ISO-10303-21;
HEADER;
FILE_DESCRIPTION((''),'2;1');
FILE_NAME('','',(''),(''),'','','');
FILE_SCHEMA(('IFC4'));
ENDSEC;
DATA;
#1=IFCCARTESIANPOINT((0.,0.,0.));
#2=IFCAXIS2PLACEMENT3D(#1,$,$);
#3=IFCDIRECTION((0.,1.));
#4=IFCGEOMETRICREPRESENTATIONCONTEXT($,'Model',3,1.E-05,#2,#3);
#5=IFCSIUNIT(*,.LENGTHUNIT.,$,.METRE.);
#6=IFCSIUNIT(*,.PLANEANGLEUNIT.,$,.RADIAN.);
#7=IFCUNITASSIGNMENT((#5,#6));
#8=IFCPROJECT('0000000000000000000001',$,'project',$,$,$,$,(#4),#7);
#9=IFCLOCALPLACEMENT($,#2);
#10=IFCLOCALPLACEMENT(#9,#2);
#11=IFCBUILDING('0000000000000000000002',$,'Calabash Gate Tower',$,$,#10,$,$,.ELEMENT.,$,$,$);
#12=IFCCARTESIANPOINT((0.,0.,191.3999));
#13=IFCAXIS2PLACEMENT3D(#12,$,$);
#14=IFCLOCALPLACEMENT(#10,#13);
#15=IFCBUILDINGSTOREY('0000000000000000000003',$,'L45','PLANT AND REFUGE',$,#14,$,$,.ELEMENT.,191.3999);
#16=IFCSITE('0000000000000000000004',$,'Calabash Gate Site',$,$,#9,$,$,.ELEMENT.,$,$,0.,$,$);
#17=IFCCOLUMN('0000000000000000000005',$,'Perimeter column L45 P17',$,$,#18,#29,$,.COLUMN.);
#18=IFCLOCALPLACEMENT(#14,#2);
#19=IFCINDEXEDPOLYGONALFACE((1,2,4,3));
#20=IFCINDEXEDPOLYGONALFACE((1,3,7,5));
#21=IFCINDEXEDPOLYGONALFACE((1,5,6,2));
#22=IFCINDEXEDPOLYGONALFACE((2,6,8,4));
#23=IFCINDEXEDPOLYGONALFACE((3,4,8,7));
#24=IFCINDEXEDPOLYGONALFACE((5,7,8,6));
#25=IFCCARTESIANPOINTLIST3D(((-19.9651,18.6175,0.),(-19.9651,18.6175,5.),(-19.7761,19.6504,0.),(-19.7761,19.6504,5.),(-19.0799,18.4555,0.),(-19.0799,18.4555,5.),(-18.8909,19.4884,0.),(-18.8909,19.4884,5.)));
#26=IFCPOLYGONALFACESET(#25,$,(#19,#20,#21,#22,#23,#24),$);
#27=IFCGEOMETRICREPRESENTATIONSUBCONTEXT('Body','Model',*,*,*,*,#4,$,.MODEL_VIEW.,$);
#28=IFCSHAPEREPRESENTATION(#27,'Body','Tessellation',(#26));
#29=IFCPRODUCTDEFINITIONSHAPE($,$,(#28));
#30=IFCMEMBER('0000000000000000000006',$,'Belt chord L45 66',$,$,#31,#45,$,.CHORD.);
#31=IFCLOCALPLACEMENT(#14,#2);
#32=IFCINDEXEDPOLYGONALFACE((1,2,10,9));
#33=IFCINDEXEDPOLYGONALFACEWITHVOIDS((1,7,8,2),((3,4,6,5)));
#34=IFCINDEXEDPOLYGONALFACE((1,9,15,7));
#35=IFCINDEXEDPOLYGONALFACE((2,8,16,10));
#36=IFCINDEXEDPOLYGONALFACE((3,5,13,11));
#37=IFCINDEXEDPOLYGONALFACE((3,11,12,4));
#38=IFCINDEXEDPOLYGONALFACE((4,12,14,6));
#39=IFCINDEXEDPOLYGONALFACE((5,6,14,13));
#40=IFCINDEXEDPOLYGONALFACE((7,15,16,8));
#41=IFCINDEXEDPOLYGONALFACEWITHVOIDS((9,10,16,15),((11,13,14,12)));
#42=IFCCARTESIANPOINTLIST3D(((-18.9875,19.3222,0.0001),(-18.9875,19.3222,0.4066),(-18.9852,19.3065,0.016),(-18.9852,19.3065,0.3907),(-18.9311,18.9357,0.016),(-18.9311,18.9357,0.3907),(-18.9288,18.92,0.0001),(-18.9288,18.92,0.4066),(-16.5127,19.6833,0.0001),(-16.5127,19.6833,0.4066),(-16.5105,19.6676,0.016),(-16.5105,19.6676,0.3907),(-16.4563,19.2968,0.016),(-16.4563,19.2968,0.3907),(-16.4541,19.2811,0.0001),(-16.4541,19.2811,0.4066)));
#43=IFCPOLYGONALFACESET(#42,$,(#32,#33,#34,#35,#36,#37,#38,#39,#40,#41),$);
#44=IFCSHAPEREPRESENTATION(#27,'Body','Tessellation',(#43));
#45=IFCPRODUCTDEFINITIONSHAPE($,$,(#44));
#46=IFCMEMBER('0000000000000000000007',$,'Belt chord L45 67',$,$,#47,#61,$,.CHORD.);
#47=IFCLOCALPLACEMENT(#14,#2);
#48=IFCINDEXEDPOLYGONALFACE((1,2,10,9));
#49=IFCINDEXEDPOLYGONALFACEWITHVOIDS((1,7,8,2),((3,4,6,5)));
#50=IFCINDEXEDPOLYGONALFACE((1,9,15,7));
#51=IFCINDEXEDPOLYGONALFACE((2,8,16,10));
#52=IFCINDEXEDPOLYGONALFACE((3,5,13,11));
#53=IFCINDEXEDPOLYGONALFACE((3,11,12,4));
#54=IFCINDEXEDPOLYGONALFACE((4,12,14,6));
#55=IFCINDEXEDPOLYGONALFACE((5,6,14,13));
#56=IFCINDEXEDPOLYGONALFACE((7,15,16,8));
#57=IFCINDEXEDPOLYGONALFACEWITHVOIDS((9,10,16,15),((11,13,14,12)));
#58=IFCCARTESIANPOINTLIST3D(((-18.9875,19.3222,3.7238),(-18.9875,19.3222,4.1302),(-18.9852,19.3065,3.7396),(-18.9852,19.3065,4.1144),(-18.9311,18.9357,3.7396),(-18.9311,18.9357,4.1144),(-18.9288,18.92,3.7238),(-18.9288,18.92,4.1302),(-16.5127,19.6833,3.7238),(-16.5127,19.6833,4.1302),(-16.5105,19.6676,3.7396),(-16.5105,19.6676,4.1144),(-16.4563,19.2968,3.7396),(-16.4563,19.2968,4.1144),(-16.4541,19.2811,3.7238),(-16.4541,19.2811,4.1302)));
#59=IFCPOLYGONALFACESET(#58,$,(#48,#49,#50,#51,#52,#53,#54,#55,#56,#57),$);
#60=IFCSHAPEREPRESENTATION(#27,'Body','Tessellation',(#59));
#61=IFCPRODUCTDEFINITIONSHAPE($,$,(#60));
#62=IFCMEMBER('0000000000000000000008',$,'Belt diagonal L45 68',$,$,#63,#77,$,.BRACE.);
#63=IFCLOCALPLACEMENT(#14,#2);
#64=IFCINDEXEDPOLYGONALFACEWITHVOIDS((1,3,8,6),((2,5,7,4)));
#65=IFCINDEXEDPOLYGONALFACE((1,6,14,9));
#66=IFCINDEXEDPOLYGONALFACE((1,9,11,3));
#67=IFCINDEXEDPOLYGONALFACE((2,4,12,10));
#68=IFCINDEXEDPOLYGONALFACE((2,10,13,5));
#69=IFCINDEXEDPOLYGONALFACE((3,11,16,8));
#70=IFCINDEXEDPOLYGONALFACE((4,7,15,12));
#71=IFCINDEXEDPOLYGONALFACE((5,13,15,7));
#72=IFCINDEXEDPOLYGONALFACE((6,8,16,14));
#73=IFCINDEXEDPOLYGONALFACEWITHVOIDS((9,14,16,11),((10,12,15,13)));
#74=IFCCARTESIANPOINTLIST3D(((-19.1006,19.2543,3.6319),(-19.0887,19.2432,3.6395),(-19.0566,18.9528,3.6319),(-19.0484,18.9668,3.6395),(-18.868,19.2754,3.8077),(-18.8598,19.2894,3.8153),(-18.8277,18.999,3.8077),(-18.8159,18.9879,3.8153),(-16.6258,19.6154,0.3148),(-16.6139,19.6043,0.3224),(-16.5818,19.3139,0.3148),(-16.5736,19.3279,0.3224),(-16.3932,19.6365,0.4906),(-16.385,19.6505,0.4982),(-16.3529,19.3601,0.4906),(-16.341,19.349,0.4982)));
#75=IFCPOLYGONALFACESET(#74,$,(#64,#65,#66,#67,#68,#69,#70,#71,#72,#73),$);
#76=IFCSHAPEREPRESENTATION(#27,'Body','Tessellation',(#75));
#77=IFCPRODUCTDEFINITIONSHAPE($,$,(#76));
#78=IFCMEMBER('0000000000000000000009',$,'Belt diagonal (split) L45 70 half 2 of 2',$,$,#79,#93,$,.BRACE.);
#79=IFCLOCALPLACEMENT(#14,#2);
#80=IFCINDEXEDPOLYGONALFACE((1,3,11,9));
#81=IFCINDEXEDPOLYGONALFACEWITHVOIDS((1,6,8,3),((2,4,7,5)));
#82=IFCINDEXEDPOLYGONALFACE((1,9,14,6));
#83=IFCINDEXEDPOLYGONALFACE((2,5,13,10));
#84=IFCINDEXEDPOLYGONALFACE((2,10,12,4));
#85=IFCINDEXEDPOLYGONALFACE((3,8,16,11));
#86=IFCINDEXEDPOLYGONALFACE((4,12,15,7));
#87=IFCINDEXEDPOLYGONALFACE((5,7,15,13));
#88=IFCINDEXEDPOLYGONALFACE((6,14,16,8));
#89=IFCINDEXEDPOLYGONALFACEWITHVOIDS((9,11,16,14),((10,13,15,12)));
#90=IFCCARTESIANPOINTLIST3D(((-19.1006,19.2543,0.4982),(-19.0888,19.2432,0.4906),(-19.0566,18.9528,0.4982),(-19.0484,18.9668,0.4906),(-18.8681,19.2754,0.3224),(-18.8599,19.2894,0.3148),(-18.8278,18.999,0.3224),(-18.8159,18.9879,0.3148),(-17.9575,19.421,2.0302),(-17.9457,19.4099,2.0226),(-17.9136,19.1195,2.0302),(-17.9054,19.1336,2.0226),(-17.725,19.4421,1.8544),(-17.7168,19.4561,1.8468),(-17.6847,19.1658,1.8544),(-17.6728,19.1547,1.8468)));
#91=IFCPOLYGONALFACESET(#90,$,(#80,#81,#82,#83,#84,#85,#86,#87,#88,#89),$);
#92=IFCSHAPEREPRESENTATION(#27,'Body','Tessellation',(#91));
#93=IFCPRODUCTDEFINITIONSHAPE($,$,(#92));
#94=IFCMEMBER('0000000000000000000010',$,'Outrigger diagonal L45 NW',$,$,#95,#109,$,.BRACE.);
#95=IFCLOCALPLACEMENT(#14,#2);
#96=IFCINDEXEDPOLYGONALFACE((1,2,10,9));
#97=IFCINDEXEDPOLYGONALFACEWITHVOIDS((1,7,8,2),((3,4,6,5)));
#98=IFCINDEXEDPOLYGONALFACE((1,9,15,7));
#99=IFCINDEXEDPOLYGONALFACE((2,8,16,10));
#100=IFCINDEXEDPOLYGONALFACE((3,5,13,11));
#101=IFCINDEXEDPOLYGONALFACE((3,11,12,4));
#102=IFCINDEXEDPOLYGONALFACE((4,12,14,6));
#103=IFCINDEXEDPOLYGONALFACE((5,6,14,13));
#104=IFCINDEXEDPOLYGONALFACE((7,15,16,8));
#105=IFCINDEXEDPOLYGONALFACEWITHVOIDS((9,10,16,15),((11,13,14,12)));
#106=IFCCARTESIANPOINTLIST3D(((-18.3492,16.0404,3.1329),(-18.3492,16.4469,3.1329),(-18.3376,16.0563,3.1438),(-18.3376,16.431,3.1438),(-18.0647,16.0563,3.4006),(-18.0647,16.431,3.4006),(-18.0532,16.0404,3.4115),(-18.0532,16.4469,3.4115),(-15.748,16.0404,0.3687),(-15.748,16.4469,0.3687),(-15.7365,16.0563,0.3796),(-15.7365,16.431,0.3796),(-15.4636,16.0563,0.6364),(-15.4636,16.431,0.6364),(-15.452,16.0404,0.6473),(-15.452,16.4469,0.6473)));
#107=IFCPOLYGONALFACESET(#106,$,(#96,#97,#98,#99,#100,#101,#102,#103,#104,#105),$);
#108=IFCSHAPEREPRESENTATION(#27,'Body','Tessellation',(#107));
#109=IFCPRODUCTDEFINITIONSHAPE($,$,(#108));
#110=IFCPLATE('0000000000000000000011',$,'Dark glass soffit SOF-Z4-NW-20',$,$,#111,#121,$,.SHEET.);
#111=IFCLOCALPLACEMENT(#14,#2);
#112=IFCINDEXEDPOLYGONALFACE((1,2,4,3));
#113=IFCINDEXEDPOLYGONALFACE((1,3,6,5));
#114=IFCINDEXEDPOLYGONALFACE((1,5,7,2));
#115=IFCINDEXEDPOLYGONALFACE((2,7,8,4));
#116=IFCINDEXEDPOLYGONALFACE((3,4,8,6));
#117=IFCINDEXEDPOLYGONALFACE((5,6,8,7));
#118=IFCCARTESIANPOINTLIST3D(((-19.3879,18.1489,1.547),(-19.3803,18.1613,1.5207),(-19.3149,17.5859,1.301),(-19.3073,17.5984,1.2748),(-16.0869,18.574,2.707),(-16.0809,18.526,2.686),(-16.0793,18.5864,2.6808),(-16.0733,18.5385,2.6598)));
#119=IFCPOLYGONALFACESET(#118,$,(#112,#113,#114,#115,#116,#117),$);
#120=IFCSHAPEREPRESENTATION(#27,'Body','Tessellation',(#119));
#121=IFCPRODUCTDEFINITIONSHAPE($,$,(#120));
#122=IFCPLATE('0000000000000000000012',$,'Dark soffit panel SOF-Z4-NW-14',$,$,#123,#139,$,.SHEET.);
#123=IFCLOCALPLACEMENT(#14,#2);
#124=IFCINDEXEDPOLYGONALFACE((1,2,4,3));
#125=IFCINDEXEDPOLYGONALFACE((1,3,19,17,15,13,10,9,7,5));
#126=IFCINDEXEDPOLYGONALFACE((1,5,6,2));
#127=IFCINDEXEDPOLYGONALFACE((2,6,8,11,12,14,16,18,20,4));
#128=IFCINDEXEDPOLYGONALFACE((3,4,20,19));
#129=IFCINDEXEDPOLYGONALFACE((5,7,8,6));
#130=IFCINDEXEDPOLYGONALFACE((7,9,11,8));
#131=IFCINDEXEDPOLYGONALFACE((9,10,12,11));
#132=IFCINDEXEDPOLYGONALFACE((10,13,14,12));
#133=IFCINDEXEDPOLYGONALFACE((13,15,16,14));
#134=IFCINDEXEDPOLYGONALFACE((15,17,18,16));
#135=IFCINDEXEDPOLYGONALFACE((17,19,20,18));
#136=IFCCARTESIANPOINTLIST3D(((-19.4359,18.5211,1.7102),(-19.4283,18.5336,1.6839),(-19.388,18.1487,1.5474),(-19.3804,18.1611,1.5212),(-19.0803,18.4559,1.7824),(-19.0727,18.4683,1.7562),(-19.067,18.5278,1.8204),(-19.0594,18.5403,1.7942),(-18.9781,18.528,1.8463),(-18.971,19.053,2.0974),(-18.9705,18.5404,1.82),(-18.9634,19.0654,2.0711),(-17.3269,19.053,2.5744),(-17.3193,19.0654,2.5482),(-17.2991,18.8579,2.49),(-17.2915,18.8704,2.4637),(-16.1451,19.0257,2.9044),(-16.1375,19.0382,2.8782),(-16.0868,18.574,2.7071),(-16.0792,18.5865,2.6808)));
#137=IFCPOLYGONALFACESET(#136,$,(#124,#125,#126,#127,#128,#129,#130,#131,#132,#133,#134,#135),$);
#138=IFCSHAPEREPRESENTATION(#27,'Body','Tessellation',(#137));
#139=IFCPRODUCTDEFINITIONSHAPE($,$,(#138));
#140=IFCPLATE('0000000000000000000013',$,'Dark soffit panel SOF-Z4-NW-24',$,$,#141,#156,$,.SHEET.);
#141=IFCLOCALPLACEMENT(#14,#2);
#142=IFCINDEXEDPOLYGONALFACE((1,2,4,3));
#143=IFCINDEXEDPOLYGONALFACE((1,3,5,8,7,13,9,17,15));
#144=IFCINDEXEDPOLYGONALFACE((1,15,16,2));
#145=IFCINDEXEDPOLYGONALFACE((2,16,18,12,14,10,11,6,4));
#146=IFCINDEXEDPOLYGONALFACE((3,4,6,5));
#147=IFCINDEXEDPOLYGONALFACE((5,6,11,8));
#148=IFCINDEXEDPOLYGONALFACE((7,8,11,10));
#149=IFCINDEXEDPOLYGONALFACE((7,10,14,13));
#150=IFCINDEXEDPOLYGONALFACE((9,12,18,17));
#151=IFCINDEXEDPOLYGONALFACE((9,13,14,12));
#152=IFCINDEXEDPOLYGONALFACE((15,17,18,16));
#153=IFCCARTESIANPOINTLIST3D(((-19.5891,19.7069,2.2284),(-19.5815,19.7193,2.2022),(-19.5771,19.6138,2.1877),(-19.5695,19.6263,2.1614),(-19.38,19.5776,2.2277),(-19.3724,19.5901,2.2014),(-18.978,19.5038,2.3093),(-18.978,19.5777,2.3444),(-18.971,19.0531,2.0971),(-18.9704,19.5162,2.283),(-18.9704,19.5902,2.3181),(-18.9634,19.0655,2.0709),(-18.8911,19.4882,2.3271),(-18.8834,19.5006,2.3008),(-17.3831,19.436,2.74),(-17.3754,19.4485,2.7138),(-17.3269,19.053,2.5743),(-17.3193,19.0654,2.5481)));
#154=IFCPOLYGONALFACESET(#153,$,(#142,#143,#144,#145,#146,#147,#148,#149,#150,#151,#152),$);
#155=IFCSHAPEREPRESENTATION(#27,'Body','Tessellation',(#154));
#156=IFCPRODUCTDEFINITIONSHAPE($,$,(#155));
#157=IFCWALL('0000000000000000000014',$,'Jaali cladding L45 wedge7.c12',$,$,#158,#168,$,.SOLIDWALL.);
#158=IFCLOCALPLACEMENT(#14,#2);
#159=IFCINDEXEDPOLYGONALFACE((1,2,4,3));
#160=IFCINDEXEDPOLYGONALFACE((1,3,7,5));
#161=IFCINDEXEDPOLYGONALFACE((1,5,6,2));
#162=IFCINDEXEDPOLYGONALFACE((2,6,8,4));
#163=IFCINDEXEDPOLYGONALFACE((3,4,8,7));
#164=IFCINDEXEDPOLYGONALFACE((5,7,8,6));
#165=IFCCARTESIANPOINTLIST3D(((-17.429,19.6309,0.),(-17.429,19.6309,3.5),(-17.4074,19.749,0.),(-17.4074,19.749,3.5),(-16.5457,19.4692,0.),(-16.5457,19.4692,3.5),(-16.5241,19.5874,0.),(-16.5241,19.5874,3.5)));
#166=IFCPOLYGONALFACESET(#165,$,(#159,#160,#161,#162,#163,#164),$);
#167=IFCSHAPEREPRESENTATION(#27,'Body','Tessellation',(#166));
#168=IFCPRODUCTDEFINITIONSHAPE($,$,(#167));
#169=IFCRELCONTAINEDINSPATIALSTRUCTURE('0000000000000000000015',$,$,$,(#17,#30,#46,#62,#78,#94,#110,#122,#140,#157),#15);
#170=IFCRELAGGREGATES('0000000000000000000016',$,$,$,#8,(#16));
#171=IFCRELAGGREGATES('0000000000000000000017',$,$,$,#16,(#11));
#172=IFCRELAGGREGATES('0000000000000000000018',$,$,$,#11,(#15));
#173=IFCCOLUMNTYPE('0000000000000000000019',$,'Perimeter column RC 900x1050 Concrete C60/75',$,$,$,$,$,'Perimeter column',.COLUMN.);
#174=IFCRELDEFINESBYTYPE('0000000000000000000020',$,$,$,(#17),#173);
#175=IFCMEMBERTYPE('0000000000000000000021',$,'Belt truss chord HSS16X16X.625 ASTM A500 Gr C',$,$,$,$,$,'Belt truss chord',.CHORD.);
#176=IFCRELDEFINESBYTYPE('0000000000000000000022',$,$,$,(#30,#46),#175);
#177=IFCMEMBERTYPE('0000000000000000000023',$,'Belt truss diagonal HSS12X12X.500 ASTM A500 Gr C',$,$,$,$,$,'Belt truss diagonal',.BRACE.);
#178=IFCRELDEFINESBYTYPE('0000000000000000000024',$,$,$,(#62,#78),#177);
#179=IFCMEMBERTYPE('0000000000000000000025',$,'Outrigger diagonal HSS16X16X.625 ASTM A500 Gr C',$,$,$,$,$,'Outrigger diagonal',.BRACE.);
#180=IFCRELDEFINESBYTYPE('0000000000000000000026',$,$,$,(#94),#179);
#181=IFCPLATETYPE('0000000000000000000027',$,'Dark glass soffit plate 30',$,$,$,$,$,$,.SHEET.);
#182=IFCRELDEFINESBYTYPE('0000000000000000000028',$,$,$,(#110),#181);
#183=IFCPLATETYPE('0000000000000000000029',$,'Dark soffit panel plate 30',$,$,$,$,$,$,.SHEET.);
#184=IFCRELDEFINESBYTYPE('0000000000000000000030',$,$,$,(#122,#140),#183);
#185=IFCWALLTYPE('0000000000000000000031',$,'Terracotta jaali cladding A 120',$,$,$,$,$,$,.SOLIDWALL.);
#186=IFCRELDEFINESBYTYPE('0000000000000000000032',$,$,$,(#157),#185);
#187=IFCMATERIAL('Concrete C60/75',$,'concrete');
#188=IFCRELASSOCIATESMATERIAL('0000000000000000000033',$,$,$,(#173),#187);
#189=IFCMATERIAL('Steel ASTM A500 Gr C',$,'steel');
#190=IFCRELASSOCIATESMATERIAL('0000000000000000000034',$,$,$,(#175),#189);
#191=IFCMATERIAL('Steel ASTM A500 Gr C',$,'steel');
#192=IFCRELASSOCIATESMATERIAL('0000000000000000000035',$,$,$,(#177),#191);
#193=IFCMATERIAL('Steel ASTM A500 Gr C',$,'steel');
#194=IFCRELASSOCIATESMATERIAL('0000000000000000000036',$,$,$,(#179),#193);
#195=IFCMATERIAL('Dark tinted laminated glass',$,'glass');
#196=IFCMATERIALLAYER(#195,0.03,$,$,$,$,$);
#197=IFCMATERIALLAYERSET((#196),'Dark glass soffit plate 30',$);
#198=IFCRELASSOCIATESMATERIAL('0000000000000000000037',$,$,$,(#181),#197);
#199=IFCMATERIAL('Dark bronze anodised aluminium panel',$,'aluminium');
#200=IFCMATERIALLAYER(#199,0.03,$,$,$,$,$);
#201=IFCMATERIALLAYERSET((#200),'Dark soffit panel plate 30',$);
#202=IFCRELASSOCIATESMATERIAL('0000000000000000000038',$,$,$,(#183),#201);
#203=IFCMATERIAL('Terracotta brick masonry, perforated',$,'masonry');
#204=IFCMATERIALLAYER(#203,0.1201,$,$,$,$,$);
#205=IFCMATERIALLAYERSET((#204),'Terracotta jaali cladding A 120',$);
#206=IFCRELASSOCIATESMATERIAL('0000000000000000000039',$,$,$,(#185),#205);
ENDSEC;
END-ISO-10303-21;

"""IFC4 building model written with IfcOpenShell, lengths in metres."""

from ifc_helpers import new_model, si_unit, direction, frame, frame_2d, origin, origin_2d, place, context, subcontext, project, spatial, polyline, rectangle, hollow_rectangle, outline, extrude, material, layer, layer_set, material_profile, profile_set, type_object, element, save


model = new_model("IFC4")

# Units and contexts
model_context = context("Model", 3, precision=1e-05, world=origin(), true_north=direction((0.0, 1.0)))
body_context = subcontext(model_context, "Body", "Model", "MODEL_VIEW")
ifc_project = project(units=[si_unit("LENGTHUNIT", "METRE"), si_unit("PLANEANGLEUNIT", "RADIAN")], contexts=[model_context])

# Site, building, storey
site_placement = place(None, origin())
site = spatial("IfcSite", under=ifc_project, at=site_placement, Name="Calabash Gate Site", CompositionType="ELEMENT", RefElevation=0.0)
building_placement = place(site_placement, origin())
building = spatial("IfcBuilding", under=site, at=building_placement, Name="Calabash Gate Tower", CompositionType="ELEMENT")
storey_placement = place(building_placement, frame((0.0, 0.0, 191.3999)))
storey = spatial("IfcBuildingStorey", under=building, at=storey_placement, Name="L45", Description="PLANT AND REFUGE", CompositionType="ELEMENT", Elevation=191.3999)

# Column
ifc_material_1 = material(Name="Concrete C60/75", Category="concrete")
ifc_material_profile_1 = material_profile(ifc_material_1, rectangle(XDim=0.8999, YDim=1.05, at=origin_2d()))
ifc_profile_set_1 = profile_set([ifc_material_profile_1], Name="Concrete C60/75")
column_type = type_object("IfcColumnType", Name="Perimeter column RC 900x1050 Concrete C60/75", ElementType="Perimeter column", PredefinedType="COLUMN", material=ifc_profile_set_1)
column_placement = place(storey_placement, frame((-19.428, 19.053, 0.0), z_axis=(0.0, 0.0, 1.0), x_axis=(-0.98367, 0.179982, 0.0)))
element("IfcColumn", 1, at=column_placement, inside=storey, type_object=column_type, Name="Perimeter column L45 P17", PredefinedType="COLUMN", context=body_context, shape_type="SweptSolid", body=[
    extrude(rectangle(XDim=0.8999, YDim=1.05, at=origin_2d()), origin(), (0.0, 0.0, 1.0), 5.0),
])

# Members
ifc_material_2 = material(Name="Steel ASTM A500 Gr C", Category="steel")
ifc_material_profile_2 = material_profile(ifc_material_2, hollow_rectangle(XDim=0.4065, YDim=0.4065, WallThickness=0.0159, at=origin_2d()))
ifc_profile_set_2 = profile_set([ifc_material_profile_2], Name="Steel ASTM A500 Gr C")
member_type_1 = type_object("IfcMemberType", Name="Belt truss chord HSS16X16X.625 ASTM A500 Gr C", ElementType="Belt truss chord", PredefinedType="CHORD", material=ifc_profile_set_2)
for number, where, z_axis, x_axis, name in (
    (2, (-16.4834, 19.4822, 0.2034), (-0.989523, -0.144373, 0.0), (0.144373, -0.989523, 0.0), "Belt chord L45 66"),
    (3, (-16.4834, 19.4822, 3.927), (-0.989523, -0.144373, 0.0), (0.144373, -0.989523, 0.0), "Belt chord L45 67"),
):
    element("IfcMember", number, at=place(storey_placement, frame(where, z_axis=z_axis, x_axis=x_axis)), inside=storey, type_object=member_type_1, Name=name, PredefinedType="CHORD", context=body_context, shape_type="SweptSolid", body=[
        extrude(hollow_rectangle(XDim=0.4065, YDim=0.4065, WallThickness=0.0159, at=origin_2d()), origin(), (0.0, 0.0, 1.0), 2.501),
    ])
ifc_material_3 = material(Name="Steel ASTM A500 Gr C", Category="steel")
ifc_material_profile_3 = material_profile(ifc_material_3, hollow_rectangle(XDim=0.3047, YDim=0.3047, WallThickness=0.0127, at=origin_2d()))
ifc_profile_set_3 = profile_set([ifc_material_profile_3], Name="Steel ASTM A500 Gr C")
member_type_2 = type_object("IfcMemberType", Name="Belt truss diagonal HSS12X12X.500 ASTM A500 Gr C", ElementType="Belt truss diagonal", PredefinedType="BRACE", material=ifc_profile_set_3)
member_1_placement = place(storey_placement, frame((-16.4834, 19.4822, 0.4065), z_axis=(-0.595725, -0.086917, 0.798472), x_axis=(0.144373, -0.989523, 0.0)))
element("IfcMember", 4, at=member_1_placement, inside=storey, type_object=member_type_2, Name="Belt diagonal L45 68", PredefinedType="BRACE", context=body_context, shape_type="SweptSolid", body=[
    extrude(hollow_rectangle(XDim=0.3047, YDim=0.3047, WallThickness=0.0127, at=origin_2d()), origin(), (0.0, 0.0, 1.0), 4.1543),
])
member_2_placement = place(storey_placement, frame((-17.8152, 19.2878, 1.9385), z_axis=(-0.595753, -0.086907, -0.798452), x_axis=(0.14435, -0.989527, 0.0)))
element("IfcMember", 5, at=member_2_placement, inside=storey, type_object=member_type_2, Name="Belt diagonal (split) L45 70 half 2 of 2", PredefinedType="BRACE", context=body_context, shape_type="SweptSolid", body=[
    extrude(hollow_rectangle(XDim=0.3047, YDim=0.3047, WallThickness=0.0127, at=origin_2d()), origin(), (0.0, 0.0, 1.0), 1.9187),
])
ifc_material_4 = material(Name="Steel ASTM A500 Gr C", Category="steel")
ifc_material_profile_4 = material_profile(ifc_material_4, hollow_rectangle(XDim=0.4065, YDim=0.4065, WallThickness=0.0159, at=origin_2d()))
ifc_profile_set_4 = profile_set([ifc_material_profile_4], Name="Steel ASTM A500 Gr C")
member_type_3 = type_object("IfcMemberType", Name="Outrigger diagonal HSS16X16X.625 ASTM A500 Gr C", ElementType="Outrigger diagonal", PredefinedType="BRACE", material=ifc_profile_set_4)
member_3_placement = place(storey_placement, frame((-18.2012, 16.2437, 3.2722), z_axis=(0.685296, 0.0, -0.728264), x_axis=(0.0, 1.0, 0.0)))
element("IfcMember", 6, at=member_3_placement, inside=storey, type_object=member_type_3, Name="Outrigger diagonal L45 NW", PredefinedType="BRACE", context=body_context, shape_type="SweptSolid", body=[
    extrude(hollow_rectangle(XDim=0.4065, YDim=0.4065, WallThickness=0.0159, at=origin_2d()), origin(), (0.0, 0.0, 1.0), 3.7957),
])

# Plates
ifc_material_5 = material(Name="Dark tinted laminated glass", Category="glass")
ifc_layer_1 = layer(ifc_material_5, 0.03)
ifc_layer_set_1 = layer_set([ifc_layer_1], Name="Dark glass soffit plate 30")
plate_type_1 = type_object("IfcPlateType", Name="Dark glass soffit plate 30", PredefinedType="SHEET", material=ifc_layer_set_1)
plate_1_placement = place(storey_placement, frame((-19.3149, 17.5859, 1.301), z_axis=(-0.2537, -0.414691, 0.873881), x_axis=(-0.117932, 0.90996, 0.397574)))
element("IfcPlate", 7, at=plate_1_placement, inside=storey, type_object=plate_type_1, Name="Dark glass soffit SOF-Z4-NW-20", PredefinedType="SHEET", context=body_context, shape_type="SweptSolid", body=[
    extrude(outline(polyline([(0.0, 0.0), (0.6187, 0.0), (1.0774, -3.4946), (1.0247, -3.4944), (0.0, 0.0)])), origin(), (0.0, 0.0, -1.0), 0.03),
])
ifc_material_6 = material(Name="Dark bronze anodised aluminium panel", Category="aluminium")
ifc_layer_2 = layer(ifc_material_6, 0.03)
ifc_layer_set_2 = layer_set([ifc_layer_2], Name="Dark soffit panel plate 30")
plate_type_2 = type_object("IfcPlateType", Name="Dark soffit panel plate 30", PredefinedType="SHEET", material=ifc_layer_set_2)
plate_2_placement = place(storey_placement, frame((-17.2991, 18.8579, 2.49), z_axis=(-0.253601, -0.414548, 0.873977), x_axis=(0.932454, 0.135588, 0.334882)))
element("IfcPlate", 8, at=plate_2_placement, inside=storey, type_object=plate_type_2, Name="Dark soffit panel SOF-Z4-NW-14", PredefinedType="SHEET", context=body_context, shape_type="SweptSolid", body=[
    extrude(outline(polyline([(0.0, 0.0), (1.2375, 0.0), (1.1646, -0.491), (-2.3596, -0.4326), (-2.2993, -0.0278), (-1.9524, -0.1526), (-1.9175, -0.0779), (-1.8259, -0.0916), (-1.6641, 0.4675), (0.0288, 0.2124), (0.0, 0.0)])), origin(), (0.0, 0.0, -1.0), 0.03),
])
plate_3_placement = place(storey_placement, frame((-17.3831, 19.436, 2.74), z_axis=(-0.253587, -0.415086, 0.873726), x_axis=(0.133285, -0.909629, -0.393459)))
element("IfcPlate", 9, at=plate_3_placement, inside=storey, type_object=plate_type_2, Name="Dark soffit panel SOF-Z4-NW-24", PredefinedType="SHEET", context=body_context, shape_type="SweptSolid", body=[
    extrude(outline(polyline([(0.0, 0.0), (0.4211, 0.0), (0.3896, -1.7117), (-0.0859, -1.562), (-0.1047, -1.6501), (-0.1858, -1.6389), (-0.1934, -2.0574), (-0.2368, -2.2571), (-0.3391, -2.2554), (0.0, 0.0)])), origin(), (0.0, 0.0, -1.0), 0.03),
])

# Wall
ifc_material_7 = material(Name="Terracotta brick masonry, perforated", Category="masonry")
ifc_layer_3 = layer(ifc_material_7, 0.1201)
ifc_layer_set_3 = layer_set([ifc_layer_3], Name="Terracotta jaali cladding A 120")
wall_type_1 = type_object("IfcWallType", Name="Terracotta jaali cladding A 120", PredefinedType="SOLIDWALL", material=ifc_layer_set_3)
wall_1_placement = place(storey_placement, frame((-16.5349, 19.5283, 0.0), z_axis=(0.0, 0.0, 1.0), x_axis=(-0.983669, 0.179986, 0.0)))
element("IfcWall", 10, at=wall_1_placement, inside=storey, type_object=wall_type_1, Name="Jaali cladding L45 wedge7.c12", PredefinedType="SOLIDWALL", context=body_context, shape_type="SweptSolid", body=[
    extrude(rectangle(XDim=0.8979, YDim=0.1201, at=frame_2d((0.449, 0.0))), origin(), (0.0, 0.0, 1.0), 3.5),
])

save(model, "model.ifc")
